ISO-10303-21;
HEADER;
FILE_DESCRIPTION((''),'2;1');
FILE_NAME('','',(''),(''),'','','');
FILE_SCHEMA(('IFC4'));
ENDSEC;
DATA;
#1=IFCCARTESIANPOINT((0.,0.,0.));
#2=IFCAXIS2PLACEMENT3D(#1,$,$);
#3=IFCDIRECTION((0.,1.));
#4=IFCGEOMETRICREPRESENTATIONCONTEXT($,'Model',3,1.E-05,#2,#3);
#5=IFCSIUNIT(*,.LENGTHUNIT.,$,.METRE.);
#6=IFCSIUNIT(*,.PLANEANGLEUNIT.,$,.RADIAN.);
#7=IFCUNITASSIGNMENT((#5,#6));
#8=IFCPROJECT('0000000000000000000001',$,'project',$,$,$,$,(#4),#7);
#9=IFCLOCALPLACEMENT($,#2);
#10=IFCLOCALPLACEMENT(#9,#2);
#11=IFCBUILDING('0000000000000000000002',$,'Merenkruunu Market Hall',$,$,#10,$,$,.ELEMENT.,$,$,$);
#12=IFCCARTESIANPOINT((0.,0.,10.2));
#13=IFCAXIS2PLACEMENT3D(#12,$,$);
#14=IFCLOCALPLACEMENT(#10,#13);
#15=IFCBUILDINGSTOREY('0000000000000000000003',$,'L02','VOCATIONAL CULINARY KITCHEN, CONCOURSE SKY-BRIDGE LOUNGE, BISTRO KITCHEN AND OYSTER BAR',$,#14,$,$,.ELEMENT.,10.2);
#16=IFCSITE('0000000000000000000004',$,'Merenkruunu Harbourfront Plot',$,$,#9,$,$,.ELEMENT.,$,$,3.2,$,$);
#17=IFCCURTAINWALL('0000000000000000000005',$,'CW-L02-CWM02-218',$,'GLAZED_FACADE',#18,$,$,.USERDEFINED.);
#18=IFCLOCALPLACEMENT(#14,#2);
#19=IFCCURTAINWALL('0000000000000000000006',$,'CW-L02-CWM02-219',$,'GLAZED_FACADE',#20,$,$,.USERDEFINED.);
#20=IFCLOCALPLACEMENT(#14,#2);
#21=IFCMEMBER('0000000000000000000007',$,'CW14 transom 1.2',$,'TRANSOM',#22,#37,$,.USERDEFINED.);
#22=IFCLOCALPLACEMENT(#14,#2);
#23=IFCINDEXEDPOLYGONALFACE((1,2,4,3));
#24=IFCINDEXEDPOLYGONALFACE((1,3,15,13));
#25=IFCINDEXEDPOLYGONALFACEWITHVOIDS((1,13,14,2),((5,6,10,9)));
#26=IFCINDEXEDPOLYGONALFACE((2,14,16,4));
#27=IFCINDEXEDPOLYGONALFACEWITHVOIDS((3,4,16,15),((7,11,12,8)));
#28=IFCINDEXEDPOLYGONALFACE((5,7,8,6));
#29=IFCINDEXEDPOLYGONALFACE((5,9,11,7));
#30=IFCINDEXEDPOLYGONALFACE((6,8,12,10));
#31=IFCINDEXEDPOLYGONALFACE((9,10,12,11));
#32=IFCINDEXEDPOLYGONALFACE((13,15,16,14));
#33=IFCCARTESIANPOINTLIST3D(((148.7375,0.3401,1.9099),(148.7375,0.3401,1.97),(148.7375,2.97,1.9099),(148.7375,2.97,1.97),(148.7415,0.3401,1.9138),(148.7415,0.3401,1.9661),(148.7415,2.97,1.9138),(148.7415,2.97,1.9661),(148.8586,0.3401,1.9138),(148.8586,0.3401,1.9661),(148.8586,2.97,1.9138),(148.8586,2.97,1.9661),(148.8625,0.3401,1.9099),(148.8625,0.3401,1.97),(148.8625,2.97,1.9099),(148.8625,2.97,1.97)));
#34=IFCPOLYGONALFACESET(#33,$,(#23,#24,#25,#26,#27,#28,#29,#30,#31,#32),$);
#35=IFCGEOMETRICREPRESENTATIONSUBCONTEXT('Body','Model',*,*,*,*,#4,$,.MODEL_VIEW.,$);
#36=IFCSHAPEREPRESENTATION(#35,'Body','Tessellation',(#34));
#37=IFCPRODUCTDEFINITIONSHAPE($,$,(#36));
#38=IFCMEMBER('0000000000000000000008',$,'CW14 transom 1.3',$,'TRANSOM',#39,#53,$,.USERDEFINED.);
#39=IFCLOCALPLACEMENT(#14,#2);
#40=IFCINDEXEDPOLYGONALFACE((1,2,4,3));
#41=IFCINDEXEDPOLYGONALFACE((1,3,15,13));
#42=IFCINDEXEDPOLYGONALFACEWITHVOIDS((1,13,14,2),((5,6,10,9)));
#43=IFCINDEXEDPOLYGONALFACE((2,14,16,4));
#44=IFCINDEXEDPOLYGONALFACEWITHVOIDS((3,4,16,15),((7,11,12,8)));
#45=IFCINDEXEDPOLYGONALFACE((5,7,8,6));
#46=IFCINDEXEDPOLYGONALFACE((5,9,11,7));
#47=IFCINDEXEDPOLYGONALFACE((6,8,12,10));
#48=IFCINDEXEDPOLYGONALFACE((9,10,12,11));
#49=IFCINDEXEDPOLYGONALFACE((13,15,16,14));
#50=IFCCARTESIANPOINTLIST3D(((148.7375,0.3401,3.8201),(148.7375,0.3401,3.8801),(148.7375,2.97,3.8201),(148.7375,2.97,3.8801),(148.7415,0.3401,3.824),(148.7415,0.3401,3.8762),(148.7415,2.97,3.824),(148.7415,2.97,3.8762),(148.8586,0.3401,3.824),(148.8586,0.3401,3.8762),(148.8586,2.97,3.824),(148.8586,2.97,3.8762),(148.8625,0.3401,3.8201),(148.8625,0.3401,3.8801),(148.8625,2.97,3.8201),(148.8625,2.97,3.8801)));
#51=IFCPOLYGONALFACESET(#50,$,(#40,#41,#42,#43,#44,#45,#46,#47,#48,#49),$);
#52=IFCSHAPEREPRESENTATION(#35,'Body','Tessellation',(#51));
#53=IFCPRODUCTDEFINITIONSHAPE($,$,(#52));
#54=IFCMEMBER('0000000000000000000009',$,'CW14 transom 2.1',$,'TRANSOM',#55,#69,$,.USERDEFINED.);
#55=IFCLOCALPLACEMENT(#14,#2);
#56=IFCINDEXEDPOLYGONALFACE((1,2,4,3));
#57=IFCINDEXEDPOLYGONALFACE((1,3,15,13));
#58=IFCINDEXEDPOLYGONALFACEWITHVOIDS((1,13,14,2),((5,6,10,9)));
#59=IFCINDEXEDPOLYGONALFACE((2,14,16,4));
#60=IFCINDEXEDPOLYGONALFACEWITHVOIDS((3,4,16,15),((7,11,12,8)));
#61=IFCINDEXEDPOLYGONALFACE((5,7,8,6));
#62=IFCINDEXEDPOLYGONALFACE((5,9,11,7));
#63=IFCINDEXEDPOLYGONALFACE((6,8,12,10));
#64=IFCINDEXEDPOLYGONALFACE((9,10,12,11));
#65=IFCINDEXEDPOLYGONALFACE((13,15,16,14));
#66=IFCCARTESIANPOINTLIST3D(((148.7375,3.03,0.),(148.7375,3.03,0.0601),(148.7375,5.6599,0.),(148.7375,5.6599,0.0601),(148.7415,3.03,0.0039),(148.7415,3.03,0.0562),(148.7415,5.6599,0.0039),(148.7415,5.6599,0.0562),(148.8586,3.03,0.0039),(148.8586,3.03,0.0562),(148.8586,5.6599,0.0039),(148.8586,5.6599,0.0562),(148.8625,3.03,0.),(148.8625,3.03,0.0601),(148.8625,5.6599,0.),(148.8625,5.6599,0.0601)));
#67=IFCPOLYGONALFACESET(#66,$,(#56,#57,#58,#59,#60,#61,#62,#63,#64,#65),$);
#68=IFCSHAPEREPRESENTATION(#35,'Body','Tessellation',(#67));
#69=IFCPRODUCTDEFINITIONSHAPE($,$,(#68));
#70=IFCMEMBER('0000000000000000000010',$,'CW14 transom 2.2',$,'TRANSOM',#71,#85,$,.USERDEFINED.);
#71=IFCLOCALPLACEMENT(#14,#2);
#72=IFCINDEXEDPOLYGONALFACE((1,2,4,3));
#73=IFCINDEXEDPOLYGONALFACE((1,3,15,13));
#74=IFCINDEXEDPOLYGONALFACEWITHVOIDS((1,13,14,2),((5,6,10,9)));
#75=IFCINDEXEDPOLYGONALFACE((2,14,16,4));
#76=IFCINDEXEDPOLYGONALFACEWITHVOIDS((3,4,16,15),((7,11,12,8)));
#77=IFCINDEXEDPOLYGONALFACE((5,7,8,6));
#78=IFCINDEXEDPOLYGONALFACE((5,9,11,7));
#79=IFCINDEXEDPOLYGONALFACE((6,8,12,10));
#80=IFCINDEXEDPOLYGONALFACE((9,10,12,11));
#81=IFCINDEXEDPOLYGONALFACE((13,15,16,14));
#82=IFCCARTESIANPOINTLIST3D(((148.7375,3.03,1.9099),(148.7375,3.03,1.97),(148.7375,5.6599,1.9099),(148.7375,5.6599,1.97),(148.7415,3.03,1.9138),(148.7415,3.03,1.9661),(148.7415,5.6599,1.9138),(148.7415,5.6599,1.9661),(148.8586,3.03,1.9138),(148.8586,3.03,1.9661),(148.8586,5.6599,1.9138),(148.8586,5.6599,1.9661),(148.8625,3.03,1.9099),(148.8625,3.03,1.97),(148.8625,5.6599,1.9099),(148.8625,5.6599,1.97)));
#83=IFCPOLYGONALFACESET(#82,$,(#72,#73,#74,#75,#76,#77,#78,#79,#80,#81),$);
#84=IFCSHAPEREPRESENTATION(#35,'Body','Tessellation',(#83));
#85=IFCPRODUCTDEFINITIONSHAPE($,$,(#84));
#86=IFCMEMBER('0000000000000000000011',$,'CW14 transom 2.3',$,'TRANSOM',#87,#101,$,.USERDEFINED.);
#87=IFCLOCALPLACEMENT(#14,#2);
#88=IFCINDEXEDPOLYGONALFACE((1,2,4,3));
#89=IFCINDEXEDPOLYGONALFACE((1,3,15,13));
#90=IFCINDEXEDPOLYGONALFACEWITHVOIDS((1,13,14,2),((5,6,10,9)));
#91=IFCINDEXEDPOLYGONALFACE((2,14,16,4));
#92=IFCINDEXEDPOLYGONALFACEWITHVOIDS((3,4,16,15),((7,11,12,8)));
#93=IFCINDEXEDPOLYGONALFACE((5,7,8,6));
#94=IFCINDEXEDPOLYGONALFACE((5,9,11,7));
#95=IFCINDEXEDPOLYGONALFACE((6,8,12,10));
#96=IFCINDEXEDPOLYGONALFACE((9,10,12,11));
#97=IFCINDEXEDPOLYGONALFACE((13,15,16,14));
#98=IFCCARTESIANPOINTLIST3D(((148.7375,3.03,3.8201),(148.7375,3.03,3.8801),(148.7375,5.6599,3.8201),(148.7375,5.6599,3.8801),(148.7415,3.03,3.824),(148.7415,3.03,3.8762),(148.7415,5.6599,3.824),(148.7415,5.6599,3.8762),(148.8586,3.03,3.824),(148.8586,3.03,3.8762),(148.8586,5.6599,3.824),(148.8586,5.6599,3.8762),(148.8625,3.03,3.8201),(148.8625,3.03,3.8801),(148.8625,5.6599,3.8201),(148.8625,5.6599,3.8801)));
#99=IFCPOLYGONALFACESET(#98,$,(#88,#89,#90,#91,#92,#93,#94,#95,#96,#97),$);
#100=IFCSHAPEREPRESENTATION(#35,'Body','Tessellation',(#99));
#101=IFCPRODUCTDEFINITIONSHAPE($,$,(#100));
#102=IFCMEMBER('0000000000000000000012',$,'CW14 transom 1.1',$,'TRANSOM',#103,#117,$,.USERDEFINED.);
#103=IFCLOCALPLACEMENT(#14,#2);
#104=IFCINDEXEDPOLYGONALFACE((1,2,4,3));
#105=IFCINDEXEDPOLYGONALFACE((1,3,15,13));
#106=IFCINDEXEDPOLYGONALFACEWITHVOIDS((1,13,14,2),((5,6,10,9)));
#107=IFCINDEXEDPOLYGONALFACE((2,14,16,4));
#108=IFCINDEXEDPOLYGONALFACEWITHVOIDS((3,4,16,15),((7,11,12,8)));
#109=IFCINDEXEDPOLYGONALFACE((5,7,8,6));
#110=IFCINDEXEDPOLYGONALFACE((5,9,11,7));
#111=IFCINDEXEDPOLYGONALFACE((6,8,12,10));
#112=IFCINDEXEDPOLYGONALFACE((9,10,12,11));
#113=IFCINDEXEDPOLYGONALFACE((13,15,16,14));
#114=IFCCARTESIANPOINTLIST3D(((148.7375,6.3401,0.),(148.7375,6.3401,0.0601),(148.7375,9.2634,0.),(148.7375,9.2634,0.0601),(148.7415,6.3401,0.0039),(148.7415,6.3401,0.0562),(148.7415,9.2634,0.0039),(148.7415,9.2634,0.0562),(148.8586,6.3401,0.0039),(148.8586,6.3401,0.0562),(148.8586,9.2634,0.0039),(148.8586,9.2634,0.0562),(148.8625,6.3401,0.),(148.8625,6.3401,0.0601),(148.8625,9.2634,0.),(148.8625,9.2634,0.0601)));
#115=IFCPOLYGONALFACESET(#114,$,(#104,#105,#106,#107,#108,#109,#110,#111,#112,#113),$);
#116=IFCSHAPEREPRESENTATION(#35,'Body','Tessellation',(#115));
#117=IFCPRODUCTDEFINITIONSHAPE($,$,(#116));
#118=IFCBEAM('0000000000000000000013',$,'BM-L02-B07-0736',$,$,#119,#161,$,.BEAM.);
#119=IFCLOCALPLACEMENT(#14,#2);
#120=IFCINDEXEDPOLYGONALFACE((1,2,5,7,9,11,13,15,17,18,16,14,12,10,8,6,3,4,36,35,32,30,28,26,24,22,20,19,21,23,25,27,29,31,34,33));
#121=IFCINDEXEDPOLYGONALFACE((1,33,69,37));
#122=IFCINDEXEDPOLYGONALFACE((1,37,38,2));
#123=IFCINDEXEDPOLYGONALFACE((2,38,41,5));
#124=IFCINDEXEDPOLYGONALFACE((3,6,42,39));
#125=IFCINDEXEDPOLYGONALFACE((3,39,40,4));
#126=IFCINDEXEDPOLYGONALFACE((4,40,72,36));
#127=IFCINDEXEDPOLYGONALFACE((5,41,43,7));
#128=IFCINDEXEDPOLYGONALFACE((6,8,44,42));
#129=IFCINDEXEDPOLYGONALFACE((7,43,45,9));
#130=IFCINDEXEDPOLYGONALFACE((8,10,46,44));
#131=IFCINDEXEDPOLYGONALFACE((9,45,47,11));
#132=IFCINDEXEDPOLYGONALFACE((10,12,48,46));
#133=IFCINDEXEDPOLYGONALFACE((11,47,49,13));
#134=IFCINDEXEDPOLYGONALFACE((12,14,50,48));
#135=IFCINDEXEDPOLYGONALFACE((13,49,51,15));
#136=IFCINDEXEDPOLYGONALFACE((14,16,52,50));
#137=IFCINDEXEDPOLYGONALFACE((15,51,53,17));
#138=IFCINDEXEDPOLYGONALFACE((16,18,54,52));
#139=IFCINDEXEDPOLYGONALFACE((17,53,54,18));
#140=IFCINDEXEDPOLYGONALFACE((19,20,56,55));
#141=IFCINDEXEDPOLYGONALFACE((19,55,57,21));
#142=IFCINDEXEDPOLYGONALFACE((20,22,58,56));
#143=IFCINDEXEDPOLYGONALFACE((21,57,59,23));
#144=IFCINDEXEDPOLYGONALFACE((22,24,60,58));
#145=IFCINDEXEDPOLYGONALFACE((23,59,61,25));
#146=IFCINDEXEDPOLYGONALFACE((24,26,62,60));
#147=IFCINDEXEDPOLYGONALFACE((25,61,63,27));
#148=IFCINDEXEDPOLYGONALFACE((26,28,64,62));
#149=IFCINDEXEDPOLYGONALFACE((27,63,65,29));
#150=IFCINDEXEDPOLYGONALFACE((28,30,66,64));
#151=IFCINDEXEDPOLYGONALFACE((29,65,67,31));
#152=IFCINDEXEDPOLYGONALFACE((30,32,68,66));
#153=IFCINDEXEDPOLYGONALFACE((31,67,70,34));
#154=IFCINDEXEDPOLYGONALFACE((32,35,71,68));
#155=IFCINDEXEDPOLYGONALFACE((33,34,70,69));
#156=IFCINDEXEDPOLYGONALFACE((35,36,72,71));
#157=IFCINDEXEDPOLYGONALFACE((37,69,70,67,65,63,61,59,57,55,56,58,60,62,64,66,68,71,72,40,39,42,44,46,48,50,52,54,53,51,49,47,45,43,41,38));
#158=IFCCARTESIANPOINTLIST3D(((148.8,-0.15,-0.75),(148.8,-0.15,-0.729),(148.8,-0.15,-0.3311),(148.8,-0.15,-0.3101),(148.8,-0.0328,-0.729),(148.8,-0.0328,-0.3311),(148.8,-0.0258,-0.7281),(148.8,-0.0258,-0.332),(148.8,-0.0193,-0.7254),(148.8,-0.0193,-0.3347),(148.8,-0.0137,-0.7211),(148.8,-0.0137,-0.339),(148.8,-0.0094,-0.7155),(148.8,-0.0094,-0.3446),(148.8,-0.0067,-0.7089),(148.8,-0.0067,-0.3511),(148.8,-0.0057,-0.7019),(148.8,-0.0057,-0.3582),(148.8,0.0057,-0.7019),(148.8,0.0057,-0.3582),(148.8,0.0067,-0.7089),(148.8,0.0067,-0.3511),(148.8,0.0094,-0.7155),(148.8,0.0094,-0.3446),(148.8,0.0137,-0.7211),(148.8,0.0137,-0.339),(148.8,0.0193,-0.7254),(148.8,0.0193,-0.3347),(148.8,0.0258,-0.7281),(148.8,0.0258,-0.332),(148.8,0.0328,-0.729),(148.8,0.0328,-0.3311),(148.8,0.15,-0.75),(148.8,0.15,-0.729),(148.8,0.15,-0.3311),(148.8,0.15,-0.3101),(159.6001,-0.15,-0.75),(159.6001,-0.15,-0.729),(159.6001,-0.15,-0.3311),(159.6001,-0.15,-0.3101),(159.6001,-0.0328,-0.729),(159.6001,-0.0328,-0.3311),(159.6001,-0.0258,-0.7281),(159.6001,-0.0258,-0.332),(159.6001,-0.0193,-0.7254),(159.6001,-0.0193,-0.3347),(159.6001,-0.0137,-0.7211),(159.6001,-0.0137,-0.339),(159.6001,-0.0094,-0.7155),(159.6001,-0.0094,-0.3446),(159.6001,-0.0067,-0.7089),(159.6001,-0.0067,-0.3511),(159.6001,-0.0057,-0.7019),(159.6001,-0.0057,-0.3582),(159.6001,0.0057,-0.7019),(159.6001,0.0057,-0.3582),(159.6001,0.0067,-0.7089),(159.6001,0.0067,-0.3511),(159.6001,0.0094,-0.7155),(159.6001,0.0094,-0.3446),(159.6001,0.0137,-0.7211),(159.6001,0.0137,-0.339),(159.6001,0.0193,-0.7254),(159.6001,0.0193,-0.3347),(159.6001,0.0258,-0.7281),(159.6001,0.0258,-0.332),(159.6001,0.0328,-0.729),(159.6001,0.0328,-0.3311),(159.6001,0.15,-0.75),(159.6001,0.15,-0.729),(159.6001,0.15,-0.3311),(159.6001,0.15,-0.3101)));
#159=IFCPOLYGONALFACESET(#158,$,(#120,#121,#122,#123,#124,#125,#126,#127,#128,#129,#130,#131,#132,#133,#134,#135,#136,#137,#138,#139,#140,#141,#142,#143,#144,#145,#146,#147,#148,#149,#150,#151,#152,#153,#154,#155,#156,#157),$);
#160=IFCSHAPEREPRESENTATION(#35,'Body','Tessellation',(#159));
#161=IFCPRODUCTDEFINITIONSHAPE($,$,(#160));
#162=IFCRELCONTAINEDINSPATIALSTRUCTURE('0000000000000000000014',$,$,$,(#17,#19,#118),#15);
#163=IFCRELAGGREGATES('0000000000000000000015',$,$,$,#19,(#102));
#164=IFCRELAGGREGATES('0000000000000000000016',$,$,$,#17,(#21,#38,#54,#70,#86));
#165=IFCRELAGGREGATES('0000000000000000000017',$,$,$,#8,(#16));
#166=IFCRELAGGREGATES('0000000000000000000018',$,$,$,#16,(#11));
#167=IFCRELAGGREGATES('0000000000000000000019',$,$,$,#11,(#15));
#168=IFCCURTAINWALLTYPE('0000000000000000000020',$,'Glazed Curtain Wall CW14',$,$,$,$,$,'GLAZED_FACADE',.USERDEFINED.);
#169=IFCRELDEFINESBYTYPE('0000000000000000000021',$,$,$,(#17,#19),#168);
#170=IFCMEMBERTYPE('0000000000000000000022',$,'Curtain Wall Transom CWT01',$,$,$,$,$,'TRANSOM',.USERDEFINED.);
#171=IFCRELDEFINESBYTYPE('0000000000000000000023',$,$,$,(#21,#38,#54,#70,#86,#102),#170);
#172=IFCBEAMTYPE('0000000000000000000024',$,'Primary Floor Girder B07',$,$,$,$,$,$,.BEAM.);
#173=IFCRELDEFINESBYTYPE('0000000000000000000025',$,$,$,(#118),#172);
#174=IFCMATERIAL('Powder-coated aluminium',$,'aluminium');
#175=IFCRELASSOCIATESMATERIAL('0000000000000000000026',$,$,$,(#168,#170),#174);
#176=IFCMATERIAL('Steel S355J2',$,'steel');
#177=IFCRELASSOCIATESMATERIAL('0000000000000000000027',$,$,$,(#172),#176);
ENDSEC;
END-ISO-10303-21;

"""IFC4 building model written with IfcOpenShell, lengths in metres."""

from ifc_helpers import new_model, si_unit, direction, frame, origin, origin_2d, place, context, subcontext, project, spatial, hollow_rectangle, i_section, extrude, material, material_profile, profile_set, type_object, element, aggregate, save


model = new_model("IFC4")

# Units and contexts
model_context = context("Model", 3, precision=1e-05, world=origin(), true_north=direction((0.0, 1.0)))
body_context = subcontext(model_context, "Body", "Model", "MODEL_VIEW")
ifc_project = project(units=[si_unit("LENGTHUNIT", "METRE"), si_unit("PLANEANGLEUNIT", "RADIAN")], contexts=[model_context])

# Site, building, storey
site_placement = place(None, origin())
site = spatial("IfcSite", under=ifc_project, at=site_placement, Name="Merenkruunu Harbourfront Plot", CompositionType="ELEMENT", RefElevation=3.2)
building_placement = place(site_placement, origin())
building = spatial("IfcBuilding", under=site, at=building_placement, Name="Merenkruunu Market Hall", CompositionType="ELEMENT")
storey_placement = place(building_placement, frame((0.0, 0.0, 10.2)))
storey = spatial("IfcBuildingStorey", under=building, at=storey_placement, Name="L02", Description="VOCATIONAL CULINARY KITCHEN, CONCOURSE SKY-BRIDGE LOUNGE, BISTRO KITCHEN AND OYSTER BAR", CompositionType="ELEMENT", Elevation=10.2)

# Shared definitions
ifc_material_1 = material(Name="Steel S355J2", Category="steel")

# Curtain walls
ifc_material_2 = material(Name="Powder-coated aluminium", Category="aluminium")
curtain_wall_type = type_object("IfcCurtainWallType", Name="Glazed Curtain Wall CW14", ElementType="GLAZED_FACADE", PredefinedType="USERDEFINED", material=ifc_material_2)
curtain_wall_1_placement = place(storey_placement, origin())
curtain_wall_1 = element("IfcCurtainWall", 1, at=curtain_wall_1_placement, inside=storey, type_object=curtain_wall_type, Name="CW-L02-CWM02-218", ObjectType="GLAZED_FACADE", PredefinedType="USERDEFINED")
curtain_wall_2_placement = place(storey_placement, origin())
curtain_wall_2 = element("IfcCurtainWall", 2, at=curtain_wall_2_placement, inside=storey, type_object=curtain_wall_type, Name="CW-L02-CWM02-219", ObjectType="GLAZED_FACADE", PredefinedType="USERDEFINED")

# Members
ifc_material_profile_1 = material_profile(ifc_material_2, hollow_rectangle(XDim=0.0601, YDim=0.125, WallThickness=0.0039, at=origin_2d()), Name="ALU 60x125x4")
ifc_profile_set_1 = profile_set([ifc_material_profile_1], Name="Powder-coated aluminium")
member_type_1 = type_object("IfcMemberType", Name="Curtain Wall Transom CWT01", ElementType="TRANSOM", PredefinedType="USERDEFINED", material=ifc_profile_set_1)
member_1_placement = place(storey_placement, frame((148.8, 0.3401, 1.9399), z_axis=(0.0, 1.0, 0.0), x_axis=(0.0, 0.0, 1.0)))
member_1 = element("IfcMember", 3, at=member_1_placement, type_object=member_type_1, Name="CW14 transom 1.2", ObjectType="TRANSOM", PredefinedType="USERDEFINED", context=body_context, shape_type="SweptSolid", body=[
    extrude(hollow_rectangle(XDim=0.0601, YDim=0.125, WallThickness=0.0039, at=origin_2d()), origin(), (0.0, 0.0, 1.0), 2.6299),
])
member_2_placement = place(storey_placement, frame((148.8, 0.3401, 3.8501), z_axis=(0.0, 1.0, 0.0), x_axis=(0.0, 0.0, 1.0)))
member_2 = element("IfcMember", 4, at=member_2_placement, type_object=member_type_1, Name="CW14 transom 1.3", ObjectType="TRANSOM", PredefinedType="USERDEFINED", context=body_context, shape_type="SweptSolid", body=[
    extrude(hollow_rectangle(XDim=0.0601, YDim=0.125, WallThickness=0.0039, at=origin_2d()), origin(), (0.0, 0.0, 1.0), 2.6299),
])
member_3_placement = place(storey_placement, frame((148.8, 3.03, 0.03), z_axis=(0.0, 1.0, 0.0), x_axis=(0.0, 0.0, 1.0)))
member_3 = element("IfcMember", 5, at=member_3_placement, type_object=member_type_1, Name="CW14 transom 2.1", ObjectType="TRANSOM", PredefinedType="USERDEFINED", context=body_context, shape_type="SweptSolid", body=[
    extrude(hollow_rectangle(XDim=0.0601, YDim=0.125, WallThickness=0.0039, at=origin_2d()), origin(), (0.0, 0.0, 1.0), 2.6299),
])
member_4_placement = place(storey_placement, frame((148.8, 3.03, 1.9399), z_axis=(0.0, 1.0, 0.0), x_axis=(0.0, 0.0, 1.0)))
member_4 = element("IfcMember", 6, at=member_4_placement, type_object=member_type_1, Name="CW14 transom 2.2", ObjectType="TRANSOM", PredefinedType="USERDEFINED", context=body_context, shape_type="SweptSolid", body=[
    extrude(hollow_rectangle(XDim=0.0601, YDim=0.125, WallThickness=0.0039, at=origin_2d()), origin(), (0.0, 0.0, 1.0), 2.6299),
])
member_5_placement = place(storey_placement, frame((148.8, 3.03, 3.8501), z_axis=(0.0, 1.0, 0.0), x_axis=(0.0, 0.0, 1.0)))
member_5 = element("IfcMember", 7, at=member_5_placement, type_object=member_type_1, Name="CW14 transom 2.3", ObjectType="TRANSOM", PredefinedType="USERDEFINED", context=body_context, shape_type="SweptSolid", body=[
    extrude(hollow_rectangle(XDim=0.0601, YDim=0.125, WallThickness=0.0039, at=origin_2d()), origin(), (0.0, 0.0, 1.0), 2.6299),
])
member_6_placement = place(storey_placement, frame((148.8, 6.3401, 0.03), z_axis=(0.0, 1.0, 0.0), x_axis=(0.0, 0.0, 1.0)))
member_6 = element("IfcMember", 8, at=member_6_placement, type_object=member_type_1, Name="CW14 transom 1.1", ObjectType="TRANSOM", PredefinedType="USERDEFINED", context=body_context, shape_type="SweptSolid", body=[
    extrude(hollow_rectangle(XDim=0.0601, YDim=0.125, WallThickness=0.0039, at=origin_2d()), origin(), (0.0, 0.0, 1.0), 2.9233),
])
aggregate(curtain_wall_2, [member_6])

# Beam
ifc_material_profile_2 = material_profile(ifc_material_1, i_section(OverallWidth=0.3, OverallDepth=0.4399, WebThickness=0.0115, FlangeThickness=0.021, FilletRadius=0.0271, at=origin_2d()), Name="HEA 450")
ifc_profile_set_2 = profile_set([ifc_material_profile_2], Name="Steel S355J2")
beam_type_1 = type_object("IfcBeamType", Name="Primary Floor Girder B07", PredefinedType="BEAM", material=ifc_profile_set_2)
for number, where, z_axis, x_axis, name in (
    (9, (148.8, 0.0, -0.53), (1.0, 0.0, 0.0), (0.0, 1.0, 0.0), "BM-L02-B07-0736"),
):
    element("IfcBeam", number, at=place(storey_placement, frame(where, z_axis=z_axis, x_axis=x_axis)), inside=storey, type_object=beam_type_1, Name=name, PredefinedType="BEAM", context=body_context, shape_type="SweptSolid", body=[
        extrude(i_section(OverallWidth=0.3, OverallDepth=0.4399, WebThickness=0.0115, FlangeThickness=0.021, FilletRadius=0.0271, at=origin_2d()), origin(), (0.0, 0.0, 1.0), 10.8),
    ])

aggregate(curtain_wall_1, [member_1, member_2, member_3, member_4, member_5])

save(model, "model.ifc")
